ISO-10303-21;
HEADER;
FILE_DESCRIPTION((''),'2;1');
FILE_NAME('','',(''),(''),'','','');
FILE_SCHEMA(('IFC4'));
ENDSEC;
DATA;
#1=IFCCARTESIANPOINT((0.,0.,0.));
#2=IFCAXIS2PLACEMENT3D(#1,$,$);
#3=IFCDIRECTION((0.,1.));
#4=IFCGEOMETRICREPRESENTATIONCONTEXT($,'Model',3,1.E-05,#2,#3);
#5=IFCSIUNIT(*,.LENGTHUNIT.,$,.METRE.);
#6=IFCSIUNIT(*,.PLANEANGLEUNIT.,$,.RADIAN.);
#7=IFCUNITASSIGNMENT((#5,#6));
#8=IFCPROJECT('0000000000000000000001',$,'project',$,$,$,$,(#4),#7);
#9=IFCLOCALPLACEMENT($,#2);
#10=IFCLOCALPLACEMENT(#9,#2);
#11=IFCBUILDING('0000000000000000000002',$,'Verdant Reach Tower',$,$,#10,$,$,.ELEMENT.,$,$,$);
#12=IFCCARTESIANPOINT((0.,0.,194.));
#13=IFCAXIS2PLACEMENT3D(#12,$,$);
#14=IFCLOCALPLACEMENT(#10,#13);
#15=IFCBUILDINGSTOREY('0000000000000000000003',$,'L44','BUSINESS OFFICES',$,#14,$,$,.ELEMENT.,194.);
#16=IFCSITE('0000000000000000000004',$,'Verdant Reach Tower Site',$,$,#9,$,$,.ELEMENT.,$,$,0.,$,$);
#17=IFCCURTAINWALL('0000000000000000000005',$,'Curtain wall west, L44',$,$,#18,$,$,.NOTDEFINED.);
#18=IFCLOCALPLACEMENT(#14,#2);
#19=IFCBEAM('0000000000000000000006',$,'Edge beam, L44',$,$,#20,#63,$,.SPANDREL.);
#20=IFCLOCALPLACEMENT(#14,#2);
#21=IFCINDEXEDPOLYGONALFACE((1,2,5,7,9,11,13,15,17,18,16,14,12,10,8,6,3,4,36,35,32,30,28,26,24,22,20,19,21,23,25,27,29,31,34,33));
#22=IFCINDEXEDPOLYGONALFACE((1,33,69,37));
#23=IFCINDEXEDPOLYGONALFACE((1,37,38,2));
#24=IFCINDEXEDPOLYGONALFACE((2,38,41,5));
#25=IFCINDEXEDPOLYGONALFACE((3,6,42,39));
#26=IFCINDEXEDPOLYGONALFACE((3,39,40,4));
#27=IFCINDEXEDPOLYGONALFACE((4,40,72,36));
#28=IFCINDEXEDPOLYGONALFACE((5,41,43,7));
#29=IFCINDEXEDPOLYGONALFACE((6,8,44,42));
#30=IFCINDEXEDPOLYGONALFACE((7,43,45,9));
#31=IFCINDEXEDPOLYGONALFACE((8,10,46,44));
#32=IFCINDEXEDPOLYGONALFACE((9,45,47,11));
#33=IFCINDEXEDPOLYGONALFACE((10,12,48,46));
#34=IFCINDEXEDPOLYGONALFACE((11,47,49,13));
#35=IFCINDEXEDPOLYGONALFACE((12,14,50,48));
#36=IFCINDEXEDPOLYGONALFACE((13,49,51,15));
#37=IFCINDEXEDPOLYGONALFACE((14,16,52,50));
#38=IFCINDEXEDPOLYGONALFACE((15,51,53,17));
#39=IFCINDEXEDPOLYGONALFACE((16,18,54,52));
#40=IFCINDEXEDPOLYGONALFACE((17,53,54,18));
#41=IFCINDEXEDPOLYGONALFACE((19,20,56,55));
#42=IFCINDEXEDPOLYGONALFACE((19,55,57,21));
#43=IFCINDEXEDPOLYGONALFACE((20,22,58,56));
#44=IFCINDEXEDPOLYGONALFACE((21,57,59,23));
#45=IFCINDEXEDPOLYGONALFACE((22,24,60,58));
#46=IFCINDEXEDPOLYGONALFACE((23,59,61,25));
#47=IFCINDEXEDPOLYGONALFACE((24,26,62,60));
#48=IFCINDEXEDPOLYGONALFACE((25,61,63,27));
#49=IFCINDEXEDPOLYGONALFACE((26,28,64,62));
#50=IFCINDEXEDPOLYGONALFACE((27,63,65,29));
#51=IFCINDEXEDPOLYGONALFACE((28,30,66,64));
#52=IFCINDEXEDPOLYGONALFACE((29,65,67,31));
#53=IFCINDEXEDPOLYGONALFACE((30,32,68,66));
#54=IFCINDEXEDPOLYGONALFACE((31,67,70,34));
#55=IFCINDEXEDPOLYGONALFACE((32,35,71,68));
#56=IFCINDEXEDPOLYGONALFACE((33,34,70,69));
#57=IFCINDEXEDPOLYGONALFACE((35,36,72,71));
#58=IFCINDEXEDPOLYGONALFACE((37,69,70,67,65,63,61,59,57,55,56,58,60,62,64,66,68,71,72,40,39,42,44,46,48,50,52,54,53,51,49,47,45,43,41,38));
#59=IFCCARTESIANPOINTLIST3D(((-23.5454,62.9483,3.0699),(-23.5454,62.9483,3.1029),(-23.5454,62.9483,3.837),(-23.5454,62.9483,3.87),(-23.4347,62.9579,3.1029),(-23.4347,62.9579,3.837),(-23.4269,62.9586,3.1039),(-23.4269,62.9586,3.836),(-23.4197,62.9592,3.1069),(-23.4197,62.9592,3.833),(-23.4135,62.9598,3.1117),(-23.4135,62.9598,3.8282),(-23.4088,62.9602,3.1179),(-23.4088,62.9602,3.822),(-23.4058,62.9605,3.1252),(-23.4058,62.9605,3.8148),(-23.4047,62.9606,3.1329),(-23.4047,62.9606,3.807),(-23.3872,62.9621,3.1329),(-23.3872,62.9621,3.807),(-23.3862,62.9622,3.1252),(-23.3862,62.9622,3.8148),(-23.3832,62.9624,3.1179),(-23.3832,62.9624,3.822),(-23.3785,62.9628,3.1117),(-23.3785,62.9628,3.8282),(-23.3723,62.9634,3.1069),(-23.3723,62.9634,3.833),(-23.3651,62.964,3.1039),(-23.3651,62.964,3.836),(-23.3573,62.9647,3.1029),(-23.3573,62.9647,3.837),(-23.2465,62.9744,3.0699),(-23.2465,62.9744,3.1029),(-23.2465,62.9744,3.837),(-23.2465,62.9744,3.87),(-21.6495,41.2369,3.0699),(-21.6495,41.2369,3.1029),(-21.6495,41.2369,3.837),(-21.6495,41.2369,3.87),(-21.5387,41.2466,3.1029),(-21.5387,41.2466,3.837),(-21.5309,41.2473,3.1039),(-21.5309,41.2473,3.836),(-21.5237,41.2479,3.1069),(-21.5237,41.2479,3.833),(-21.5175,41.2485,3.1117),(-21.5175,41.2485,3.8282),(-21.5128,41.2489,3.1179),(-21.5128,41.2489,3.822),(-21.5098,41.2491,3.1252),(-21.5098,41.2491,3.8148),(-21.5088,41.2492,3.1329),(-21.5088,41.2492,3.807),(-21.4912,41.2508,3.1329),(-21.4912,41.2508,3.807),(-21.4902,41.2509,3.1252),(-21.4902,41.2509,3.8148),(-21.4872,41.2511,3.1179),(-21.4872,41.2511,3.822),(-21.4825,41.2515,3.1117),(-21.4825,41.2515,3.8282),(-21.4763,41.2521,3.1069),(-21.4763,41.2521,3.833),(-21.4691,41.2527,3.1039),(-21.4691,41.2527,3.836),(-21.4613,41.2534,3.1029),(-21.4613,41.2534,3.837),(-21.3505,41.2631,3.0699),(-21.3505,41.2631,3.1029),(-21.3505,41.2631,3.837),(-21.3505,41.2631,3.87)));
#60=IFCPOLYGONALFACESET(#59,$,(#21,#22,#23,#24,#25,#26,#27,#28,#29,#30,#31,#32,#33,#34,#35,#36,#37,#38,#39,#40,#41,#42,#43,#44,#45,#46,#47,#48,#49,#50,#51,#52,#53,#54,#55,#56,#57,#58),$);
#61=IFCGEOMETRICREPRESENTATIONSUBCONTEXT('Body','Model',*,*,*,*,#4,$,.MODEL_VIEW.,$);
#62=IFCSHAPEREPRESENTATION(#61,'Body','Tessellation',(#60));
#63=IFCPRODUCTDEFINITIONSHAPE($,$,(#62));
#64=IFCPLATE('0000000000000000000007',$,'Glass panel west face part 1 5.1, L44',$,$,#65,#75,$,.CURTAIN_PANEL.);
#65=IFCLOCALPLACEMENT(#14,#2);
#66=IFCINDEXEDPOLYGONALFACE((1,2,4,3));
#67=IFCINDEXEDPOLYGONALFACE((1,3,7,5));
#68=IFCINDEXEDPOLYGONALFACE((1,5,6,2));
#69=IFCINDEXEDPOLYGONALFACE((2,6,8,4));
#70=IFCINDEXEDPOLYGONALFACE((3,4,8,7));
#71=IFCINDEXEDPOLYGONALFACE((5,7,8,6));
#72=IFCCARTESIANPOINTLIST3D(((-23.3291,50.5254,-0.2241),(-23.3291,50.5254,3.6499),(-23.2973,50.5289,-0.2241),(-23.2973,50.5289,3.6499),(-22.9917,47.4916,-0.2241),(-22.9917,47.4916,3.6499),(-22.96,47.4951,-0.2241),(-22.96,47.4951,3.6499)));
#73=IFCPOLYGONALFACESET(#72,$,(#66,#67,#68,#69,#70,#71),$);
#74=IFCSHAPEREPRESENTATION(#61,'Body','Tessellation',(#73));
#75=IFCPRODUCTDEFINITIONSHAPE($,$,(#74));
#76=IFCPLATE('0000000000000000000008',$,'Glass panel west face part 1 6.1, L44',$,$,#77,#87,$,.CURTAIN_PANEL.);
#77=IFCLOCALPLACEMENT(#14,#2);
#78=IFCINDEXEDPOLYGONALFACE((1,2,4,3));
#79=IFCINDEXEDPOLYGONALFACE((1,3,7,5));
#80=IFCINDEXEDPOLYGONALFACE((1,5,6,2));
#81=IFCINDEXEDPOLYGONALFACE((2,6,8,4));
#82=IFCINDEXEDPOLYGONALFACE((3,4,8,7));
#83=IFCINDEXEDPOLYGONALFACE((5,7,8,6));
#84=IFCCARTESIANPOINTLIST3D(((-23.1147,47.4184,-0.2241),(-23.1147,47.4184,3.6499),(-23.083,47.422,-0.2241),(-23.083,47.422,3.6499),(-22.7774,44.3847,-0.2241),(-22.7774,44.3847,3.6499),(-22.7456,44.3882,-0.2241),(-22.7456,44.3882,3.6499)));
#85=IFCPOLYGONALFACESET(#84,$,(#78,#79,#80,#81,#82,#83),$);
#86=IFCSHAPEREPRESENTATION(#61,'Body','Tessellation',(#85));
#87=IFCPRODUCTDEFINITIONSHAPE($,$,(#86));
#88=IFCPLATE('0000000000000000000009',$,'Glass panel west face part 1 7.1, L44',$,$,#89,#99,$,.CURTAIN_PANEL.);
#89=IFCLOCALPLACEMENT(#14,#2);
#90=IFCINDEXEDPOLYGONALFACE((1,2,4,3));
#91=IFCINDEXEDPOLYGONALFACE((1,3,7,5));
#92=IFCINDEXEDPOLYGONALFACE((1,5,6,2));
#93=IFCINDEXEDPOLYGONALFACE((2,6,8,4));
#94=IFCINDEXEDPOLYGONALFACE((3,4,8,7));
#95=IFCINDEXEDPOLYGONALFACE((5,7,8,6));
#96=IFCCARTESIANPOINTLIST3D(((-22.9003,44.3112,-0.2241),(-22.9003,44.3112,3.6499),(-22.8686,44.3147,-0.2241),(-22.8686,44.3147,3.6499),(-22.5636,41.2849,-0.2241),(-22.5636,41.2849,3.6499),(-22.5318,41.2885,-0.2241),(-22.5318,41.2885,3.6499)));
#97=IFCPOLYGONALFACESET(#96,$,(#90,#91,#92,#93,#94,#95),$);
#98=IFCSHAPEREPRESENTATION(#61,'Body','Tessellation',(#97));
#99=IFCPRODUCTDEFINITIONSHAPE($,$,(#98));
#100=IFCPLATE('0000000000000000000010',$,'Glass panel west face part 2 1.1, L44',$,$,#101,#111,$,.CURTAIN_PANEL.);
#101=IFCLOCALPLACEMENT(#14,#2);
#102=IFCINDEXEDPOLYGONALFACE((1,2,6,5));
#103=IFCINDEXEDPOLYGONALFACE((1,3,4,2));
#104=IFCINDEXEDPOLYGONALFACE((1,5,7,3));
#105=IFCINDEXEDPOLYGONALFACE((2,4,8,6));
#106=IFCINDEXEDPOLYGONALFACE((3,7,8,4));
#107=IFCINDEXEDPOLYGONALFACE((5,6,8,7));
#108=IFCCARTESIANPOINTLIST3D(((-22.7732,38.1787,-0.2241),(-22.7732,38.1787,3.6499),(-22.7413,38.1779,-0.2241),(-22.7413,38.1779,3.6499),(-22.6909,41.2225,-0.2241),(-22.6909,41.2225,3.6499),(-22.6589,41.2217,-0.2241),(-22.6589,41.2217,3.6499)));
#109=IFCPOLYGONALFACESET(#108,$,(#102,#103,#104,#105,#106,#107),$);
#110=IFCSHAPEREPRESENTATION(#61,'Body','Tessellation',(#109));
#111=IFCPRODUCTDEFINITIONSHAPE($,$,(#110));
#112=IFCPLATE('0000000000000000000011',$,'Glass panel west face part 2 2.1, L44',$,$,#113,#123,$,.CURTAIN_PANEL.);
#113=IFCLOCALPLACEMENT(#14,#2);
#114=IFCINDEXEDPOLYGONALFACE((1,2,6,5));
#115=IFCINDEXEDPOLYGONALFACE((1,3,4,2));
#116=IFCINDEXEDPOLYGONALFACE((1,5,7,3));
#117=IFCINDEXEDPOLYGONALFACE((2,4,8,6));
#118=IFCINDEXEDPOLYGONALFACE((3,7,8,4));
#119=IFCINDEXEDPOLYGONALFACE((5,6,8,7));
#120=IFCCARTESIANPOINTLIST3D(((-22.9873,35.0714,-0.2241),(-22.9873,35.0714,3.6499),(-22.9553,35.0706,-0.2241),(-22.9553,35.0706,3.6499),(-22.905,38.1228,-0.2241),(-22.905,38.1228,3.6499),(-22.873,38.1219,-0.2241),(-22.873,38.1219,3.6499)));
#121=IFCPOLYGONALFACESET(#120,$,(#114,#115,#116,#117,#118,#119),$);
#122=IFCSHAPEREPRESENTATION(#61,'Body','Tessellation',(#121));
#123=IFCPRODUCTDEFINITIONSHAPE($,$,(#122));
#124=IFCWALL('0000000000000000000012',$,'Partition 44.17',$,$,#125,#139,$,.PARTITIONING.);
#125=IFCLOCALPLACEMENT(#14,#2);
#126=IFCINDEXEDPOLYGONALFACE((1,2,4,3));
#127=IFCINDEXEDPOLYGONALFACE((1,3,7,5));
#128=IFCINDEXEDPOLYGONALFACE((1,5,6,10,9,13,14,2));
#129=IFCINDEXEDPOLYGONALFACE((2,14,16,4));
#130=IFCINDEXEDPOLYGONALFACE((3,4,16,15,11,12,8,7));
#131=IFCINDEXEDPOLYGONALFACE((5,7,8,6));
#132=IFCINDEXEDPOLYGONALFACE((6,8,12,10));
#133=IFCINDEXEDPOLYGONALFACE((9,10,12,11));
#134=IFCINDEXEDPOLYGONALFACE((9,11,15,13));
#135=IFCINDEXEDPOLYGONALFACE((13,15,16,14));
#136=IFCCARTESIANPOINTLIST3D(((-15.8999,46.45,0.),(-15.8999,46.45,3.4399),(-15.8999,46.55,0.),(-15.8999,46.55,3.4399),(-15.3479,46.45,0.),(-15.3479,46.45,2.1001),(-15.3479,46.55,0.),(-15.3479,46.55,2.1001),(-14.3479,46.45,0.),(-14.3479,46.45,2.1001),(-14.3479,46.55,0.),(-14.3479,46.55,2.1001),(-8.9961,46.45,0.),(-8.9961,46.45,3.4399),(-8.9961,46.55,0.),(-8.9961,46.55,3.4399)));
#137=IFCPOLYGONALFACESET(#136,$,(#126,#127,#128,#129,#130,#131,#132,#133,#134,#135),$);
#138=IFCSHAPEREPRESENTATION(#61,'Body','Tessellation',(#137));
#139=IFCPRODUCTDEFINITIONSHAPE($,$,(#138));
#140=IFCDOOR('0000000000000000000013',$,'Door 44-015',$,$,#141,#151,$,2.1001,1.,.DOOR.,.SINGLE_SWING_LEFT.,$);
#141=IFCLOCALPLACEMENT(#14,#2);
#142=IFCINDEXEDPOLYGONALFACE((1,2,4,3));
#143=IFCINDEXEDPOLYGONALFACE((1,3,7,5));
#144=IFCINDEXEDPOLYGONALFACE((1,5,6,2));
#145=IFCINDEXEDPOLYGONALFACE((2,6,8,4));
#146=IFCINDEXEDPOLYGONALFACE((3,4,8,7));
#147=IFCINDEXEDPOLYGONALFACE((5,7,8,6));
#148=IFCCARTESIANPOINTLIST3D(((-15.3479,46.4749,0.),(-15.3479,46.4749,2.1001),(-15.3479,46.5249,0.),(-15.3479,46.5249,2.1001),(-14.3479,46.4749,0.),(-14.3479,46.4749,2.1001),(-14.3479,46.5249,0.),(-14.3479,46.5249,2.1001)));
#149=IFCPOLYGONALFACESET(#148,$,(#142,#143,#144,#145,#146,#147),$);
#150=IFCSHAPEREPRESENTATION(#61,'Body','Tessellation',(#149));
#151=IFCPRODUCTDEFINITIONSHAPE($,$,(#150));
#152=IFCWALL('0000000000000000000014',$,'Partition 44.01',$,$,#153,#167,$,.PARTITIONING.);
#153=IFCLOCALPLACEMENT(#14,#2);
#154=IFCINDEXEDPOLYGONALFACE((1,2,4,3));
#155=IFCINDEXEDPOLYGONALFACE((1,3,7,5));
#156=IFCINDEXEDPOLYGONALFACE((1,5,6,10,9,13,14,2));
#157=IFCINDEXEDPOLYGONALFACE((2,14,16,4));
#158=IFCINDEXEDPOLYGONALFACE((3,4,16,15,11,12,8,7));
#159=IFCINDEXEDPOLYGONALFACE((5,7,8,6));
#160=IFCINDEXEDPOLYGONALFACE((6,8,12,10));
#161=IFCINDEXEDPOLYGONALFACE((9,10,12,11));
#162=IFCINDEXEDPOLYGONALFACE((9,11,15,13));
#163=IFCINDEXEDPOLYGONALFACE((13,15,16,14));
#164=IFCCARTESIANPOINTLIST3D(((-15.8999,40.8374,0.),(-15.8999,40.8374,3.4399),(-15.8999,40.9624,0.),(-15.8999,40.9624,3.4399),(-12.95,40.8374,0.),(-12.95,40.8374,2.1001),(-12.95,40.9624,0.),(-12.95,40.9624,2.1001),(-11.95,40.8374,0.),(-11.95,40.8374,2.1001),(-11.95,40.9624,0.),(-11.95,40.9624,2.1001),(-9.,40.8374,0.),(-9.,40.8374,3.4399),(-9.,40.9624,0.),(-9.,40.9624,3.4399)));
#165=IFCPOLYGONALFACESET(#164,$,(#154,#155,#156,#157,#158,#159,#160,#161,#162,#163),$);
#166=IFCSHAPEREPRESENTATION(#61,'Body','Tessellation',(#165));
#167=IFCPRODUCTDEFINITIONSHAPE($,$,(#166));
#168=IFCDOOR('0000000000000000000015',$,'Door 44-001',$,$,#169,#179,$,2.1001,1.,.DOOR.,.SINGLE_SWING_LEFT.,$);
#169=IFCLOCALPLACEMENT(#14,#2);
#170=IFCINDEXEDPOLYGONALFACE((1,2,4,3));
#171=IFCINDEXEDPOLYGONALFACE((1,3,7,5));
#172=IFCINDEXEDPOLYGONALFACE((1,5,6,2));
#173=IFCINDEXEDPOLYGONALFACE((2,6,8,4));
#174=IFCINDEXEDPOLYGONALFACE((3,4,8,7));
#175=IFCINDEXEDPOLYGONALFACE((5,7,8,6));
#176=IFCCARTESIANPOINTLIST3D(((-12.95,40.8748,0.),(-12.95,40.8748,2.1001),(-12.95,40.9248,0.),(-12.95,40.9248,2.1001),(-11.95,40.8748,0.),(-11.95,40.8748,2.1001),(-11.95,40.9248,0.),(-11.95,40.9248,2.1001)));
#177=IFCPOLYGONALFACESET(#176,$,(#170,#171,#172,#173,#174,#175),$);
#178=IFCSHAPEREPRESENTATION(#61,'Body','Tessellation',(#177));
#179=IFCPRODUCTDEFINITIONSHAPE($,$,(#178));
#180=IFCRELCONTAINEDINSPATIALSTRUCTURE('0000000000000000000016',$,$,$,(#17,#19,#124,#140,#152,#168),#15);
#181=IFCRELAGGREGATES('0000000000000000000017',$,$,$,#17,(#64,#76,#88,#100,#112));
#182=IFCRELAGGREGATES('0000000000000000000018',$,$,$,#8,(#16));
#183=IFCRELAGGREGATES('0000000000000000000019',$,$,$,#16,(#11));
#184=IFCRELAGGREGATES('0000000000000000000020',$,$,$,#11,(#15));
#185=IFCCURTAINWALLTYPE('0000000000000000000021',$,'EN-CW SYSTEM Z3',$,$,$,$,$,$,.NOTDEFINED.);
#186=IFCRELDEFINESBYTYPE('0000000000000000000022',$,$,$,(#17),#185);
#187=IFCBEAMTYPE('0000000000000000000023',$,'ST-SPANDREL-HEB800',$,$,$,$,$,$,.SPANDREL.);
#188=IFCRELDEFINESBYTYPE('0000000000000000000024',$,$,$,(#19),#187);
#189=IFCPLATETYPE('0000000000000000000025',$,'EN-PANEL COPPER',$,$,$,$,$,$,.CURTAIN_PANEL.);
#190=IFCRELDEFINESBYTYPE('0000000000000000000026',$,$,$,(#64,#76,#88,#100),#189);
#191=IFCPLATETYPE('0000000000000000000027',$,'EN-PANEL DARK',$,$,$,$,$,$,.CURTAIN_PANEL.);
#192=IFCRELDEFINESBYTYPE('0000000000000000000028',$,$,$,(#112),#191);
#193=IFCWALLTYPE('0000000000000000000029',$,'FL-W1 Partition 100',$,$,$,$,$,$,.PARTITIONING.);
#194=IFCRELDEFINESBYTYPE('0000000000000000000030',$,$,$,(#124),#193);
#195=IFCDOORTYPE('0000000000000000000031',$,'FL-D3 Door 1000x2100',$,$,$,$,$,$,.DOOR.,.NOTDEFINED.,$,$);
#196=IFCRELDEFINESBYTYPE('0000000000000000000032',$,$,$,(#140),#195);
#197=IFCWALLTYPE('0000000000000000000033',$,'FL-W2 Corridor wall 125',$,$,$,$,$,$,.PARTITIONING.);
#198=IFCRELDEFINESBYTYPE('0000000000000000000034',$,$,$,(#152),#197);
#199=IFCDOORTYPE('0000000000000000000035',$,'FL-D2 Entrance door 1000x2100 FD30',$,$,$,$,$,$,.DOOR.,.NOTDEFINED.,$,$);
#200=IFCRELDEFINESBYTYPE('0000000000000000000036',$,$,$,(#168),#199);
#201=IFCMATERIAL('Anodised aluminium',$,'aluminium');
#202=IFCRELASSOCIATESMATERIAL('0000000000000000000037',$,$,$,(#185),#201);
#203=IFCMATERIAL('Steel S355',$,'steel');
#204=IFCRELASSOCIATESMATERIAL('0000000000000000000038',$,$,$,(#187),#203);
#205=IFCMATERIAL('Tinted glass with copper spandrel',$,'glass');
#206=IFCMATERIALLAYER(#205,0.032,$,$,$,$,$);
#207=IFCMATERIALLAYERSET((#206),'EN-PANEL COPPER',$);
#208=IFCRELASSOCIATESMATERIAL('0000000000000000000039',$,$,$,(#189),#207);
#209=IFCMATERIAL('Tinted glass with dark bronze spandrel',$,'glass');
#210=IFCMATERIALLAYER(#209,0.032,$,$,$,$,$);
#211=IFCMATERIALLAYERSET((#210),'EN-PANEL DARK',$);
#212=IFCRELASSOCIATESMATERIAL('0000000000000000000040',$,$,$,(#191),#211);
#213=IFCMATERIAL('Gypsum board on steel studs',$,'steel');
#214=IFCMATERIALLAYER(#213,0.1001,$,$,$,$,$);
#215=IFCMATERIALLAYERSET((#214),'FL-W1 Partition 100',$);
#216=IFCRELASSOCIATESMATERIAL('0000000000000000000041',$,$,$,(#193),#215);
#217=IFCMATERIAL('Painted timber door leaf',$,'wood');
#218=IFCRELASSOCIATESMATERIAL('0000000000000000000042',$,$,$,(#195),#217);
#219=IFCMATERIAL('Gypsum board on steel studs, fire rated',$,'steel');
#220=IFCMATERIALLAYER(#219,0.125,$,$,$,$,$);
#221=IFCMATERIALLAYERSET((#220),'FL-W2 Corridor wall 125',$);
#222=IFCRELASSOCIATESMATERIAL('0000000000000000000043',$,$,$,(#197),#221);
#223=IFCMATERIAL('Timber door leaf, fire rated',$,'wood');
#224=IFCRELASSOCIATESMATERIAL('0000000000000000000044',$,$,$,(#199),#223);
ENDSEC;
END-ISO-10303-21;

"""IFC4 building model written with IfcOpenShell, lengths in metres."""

from ifc_helpers import new_model, si_unit, direction, frame, frame_2d, origin, origin_2d, place, context, subcontext, project, spatial, rectangle, i_section, extrude, material, layer, layer_set, material_profile, profile_set, type_object, element, fill, aggregate, save


model = new_model("IFC4")

# Units and contexts
model_context = context("Model", 3, precision=1e-05, world=origin(), true_north=direction((0.0, 1.0)))
body_context = subcontext(model_context, "Body", "Model", "MODEL_VIEW")
ifc_project = project(units=[si_unit("LENGTHUNIT", "METRE"), si_unit("PLANEANGLEUNIT", "RADIAN")], contexts=[model_context])

# Site, building, storey
site_placement = place(None, origin())
site = spatial("IfcSite", under=ifc_project, at=site_placement, Name="Verdant Reach Tower Site", CompositionType="ELEMENT", RefElevation=0.0)
building_placement = place(site_placement, origin())
building = spatial("IfcBuilding", under=site, at=building_placement, Name="Verdant Reach Tower", CompositionType="ELEMENT")
storey_placement = place(building_placement, frame((0.0, 0.0, 194.0)))
storey = spatial("IfcBuildingStorey", under=building, at=storey_placement, Name="L44", Description="BUSINESS OFFICES", CompositionType="ELEMENT", Elevation=194.0)

# Curtain wall
ifc_material_1 = material(Name="Anodised aluminium", Category="aluminium")
curtain_wall_type = type_object("IfcCurtainWallType", Name="EN-CW SYSTEM Z3", PredefinedType="NOTDEFINED", material=ifc_material_1)
curtain_wall_placement = place(storey_placement, origin())
curtain_wall = element("IfcCurtainWall", 1, at=curtain_wall_placement, inside=storey, type_object=curtain_wall_type, Name="Curtain wall west, L44", PredefinedType="NOTDEFINED")

# Beam
ifc_material_2 = material(Name="Steel S355", Category="steel")
ifc_material_profile_1 = material_profile(ifc_material_2, i_section(OverallWidth=0.3, OverallDepth=0.8, WebThickness=0.0176, FlangeThickness=0.033, FilletRadius=0.03, at=origin_2d()), Name="HEB 800")
ifc_profile_set_1 = profile_set([ifc_material_profile_1], Name="Steel S355")
beam_type_1 = type_object("IfcBeamType", Name="ST-SPANDREL-HEB800", PredefinedType="SPANDREL", material=ifc_profile_set_1)
beam_1_placement = place(storey_placement, frame((-21.5, 41.25, 3.47), z_axis=(-0.086996, 0.996209, 0.0), x_axis=(-0.996209, -0.086996, 0.0)))
element("IfcBeam", 2, at=beam_1_placement, inside=storey, type_object=beam_type_1, Name="Edge beam, L44", PredefinedType="SPANDREL", context=body_context, shape_type="SweptSolid", body=[
    extrude(i_section(OverallWidth=0.3, OverallDepth=0.8, WebThickness=0.0176, FlangeThickness=0.033, FilletRadius=0.03, at=origin_2d()), origin(), (0.0, 0.0, 1.0), 21.7939),
])

# Plates
ifc_material_3 = material(Name="Tinted glass with copper spandrel", Category="glass")
ifc_layer_1 = layer(ifc_material_3, 0.032)
ifc_layer_set_1 = layer_set([ifc_layer_1], Name="EN-PANEL COPPER")
plate_type_1 = type_object("IfcPlateType", Name="EN-PANEL COPPER", PredefinedType="CURTAIN_PANEL", material=ifc_layer_set_1)
plate_1_placement = place(storey_placement, frame((-23.1445, 49.0103, -0.2241), z_axis=(0.0, 0.0, 1.0), x_axis=(0.110518, -0.993874, 0.0)))
plate_1 = element("IfcPlate", 3, at=plate_1_placement, type_object=plate_type_1, Name="Glass panel west face part 1 5.1, L44", PredefinedType="CURTAIN_PANEL", context=body_context, shape_type="SweptSolid", body=[
    extrude(rectangle(XDim=3.0525, YDim=0.032, at=origin_2d()), origin(), (0.0, 0.0, 1.0), 3.874),
])
plate_2_placement = place(storey_placement, frame((-22.9302, 45.9033, -0.2241), z_axis=(0.0, 0.0, 1.0), x_axis=(0.110518, -0.993874, 0.0)))
plate_2 = element("IfcPlate", 4, at=plate_2_placement, type_object=plate_type_1, Name="Glass panel west face part 1 6.1, L44", PredefinedType="CURTAIN_PANEL", context=body_context, shape_type="SweptSolid", body=[
    extrude(rectangle(XDim=3.0525, YDim=0.032, at=origin_2d()), origin(), (0.0, 0.0, 1.0), 3.874),
])
plate_3_placement = place(storey_placement, frame((-22.7161, 42.7998, -0.2241), z_axis=(0.0, 0.0, 1.0), x_axis=(0.110601, -0.993865, 0.0)))
plate_3 = element("IfcPlate", 5, at=plate_3_placement, type_object=plate_type_1, Name="Glass panel west face part 1 7.1, L44", PredefinedType="CURTAIN_PANEL", context=body_context, shape_type="SweptSolid", body=[
    extrude(rectangle(XDim=3.0449, YDim=0.032, at=origin_2d()), origin(), (0.0, 0.0, 1.0), 3.874),
])
plate_4_placement = place(storey_placement, frame((-22.7161, 39.7002, -0.2241), z_axis=(0.0, 0.0, 1.0), x_axis=(-0.027048, -0.999634, 0.0)))
plate_4 = element("IfcPlate", 6, at=plate_4_placement, type_object=plate_type_1, Name="Glass panel west face part 2 1.1, L44", PredefinedType="CURTAIN_PANEL", context=body_context, shape_type="SweptSolid", body=[
    extrude(rectangle(XDim=3.0449, YDim=0.032, at=origin_2d()), origin(), (0.0, 0.0, 1.0), 3.874),
])
ifc_material_4 = material(Name="Tinted glass with dark bronze spandrel", Category="glass")
ifc_layer_2 = layer(ifc_material_4, 0.032)
ifc_layer_set_2 = layer_set([ifc_layer_2], Name="EN-PANEL DARK")
plate_type_2 = type_object("IfcPlateType", Name="EN-PANEL DARK", PredefinedType="CURTAIN_PANEL", material=ifc_layer_set_2)
plate_5_placement = place(storey_placement, frame((-22.9302, 36.5967, -0.2241), z_axis=(0.0, 0.0, 1.0), x_axis=(-0.026965, -0.999636, 0.0)))
plate_5 = element("IfcPlate", 7, at=plate_5_placement, type_object=plate_type_2, Name="Glass panel west face part 2 2.1, L44", PredefinedType="CURTAIN_PANEL", context=body_context, shape_type="SweptSolid", body=[
    extrude(rectangle(XDim=3.0525, YDim=0.032, at=origin_2d()), origin(), (0.0, 0.0, 1.0), 3.874),
])
aggregate(curtain_wall, [plate_1, plate_2, plate_3, plate_4, plate_5])

# Walls, openings, doors
ifc_material_5 = material(Name="Gypsum board on steel studs", Category="steel")
ifc_layer_3 = layer(ifc_material_5, 0.1001)
ifc_layer_set_3 = layer_set([ifc_layer_3], Name="FL-W1 Partition 100")
wall_type_1 = type_object("IfcWallType", Name="FL-W1 Partition 100", PredefinedType="PARTITIONING", material=ifc_layer_set_3)
wall_1_placement = place(storey_placement, frame((-15.8999, 46.5, 0.0), z_axis=(0.0, 0.0, 1.0), x_axis=(1.0, 0.0, 0.0)))
wall_1 = element("IfcWall", 8, at=wall_1_placement, inside=storey, type_object=wall_type_1, Name="Partition 44.17", PredefinedType="PARTITIONING", context=body_context, shape_type="SweptSolid", body=[
    extrude(rectangle(XDim=6.9038, YDim=0.1001, at=frame_2d((3.4519, 0.0))), origin(), (0.0, 0.0, 1.0), 3.4399),
])
opening_1_placement = place(wall_1_placement, frame((0.552, 0.0, 0.0)))
opening_1 = element("IfcOpeningElement", 9, at=opening_1_placement, cuts=wall_1, PredefinedType="OPENING", context=body_context, shape_type="SweptSolid", body=[
    extrude(rectangle(XDim=1.0, YDim=2.1001, at=frame_2d((0.5, 1.05))), frame((0.0, 0.0601, 0.0), z_axis=(0.0, -1.0, 0.0), x_axis=(1.0, 0.0, 0.0)), (0.0, 0.0, 1.0), 0.1201),
])
ifc_material_6 = material(Name="Painted timber door leaf", Category="wood")
door_type_1 = type_object("IfcDoorType", Name="FL-D3 Door 1000x2100", OperationType="NOTDEFINED", PredefinedType="DOOR", material=ifc_material_6)
door_1_placement = place(opening_1_placement, origin())
door_1 = element("IfcDoor", 10, at=door_1_placement, inside=storey, type_object=door_type_1, Name="Door 44-015", OperationType="SINGLE_SWING_LEFT", OverallHeight=2.1001, OverallWidth=1.0, PredefinedType="DOOR", context=body_context, shape_type="SweptSolid", body=[
    extrude(rectangle(XDim=1.0, YDim=2.1001, at=frame_2d((0.5, 1.05))), frame((0.0, 0.0249, 0.0), z_axis=(0.0, -1.0, 0.0), x_axis=(1.0, 0.0, 0.0)), (0.0, 0.0, 1.0), 0.05),
])
fill(opening_1, door_1)
ifc_material_7 = material(Name="Gypsum board on steel studs, fire rated", Category="steel")
ifc_layer_4 = layer(ifc_material_7, 0.125)
ifc_layer_set_4 = layer_set([ifc_layer_4], Name="FL-W2 Corridor wall 125")
wall_type_2 = type_object("IfcWallType", Name="FL-W2 Corridor wall 125", PredefinedType="PARTITIONING", material=ifc_layer_set_4)
wall_2_placement = place(storey_placement, frame((-15.8999, 40.8999, 0.0), z_axis=(0.0, 0.0, 1.0), x_axis=(1.0, 0.0, 0.0)))
wall_2 = element("IfcWall", 11, at=wall_2_placement, inside=storey, type_object=wall_type_2, Name="Partition 44.01", PredefinedType="PARTITIONING", context=body_context, shape_type="SweptSolid", body=[
    extrude(rectangle(XDim=6.8999, YDim=0.125, at=frame_2d((3.45, 0.0))), origin(), (0.0, 0.0, 1.0), 3.4399),
])
opening_2_placement = place(wall_2_placement, frame((2.95, 0.0, 0.0)))
opening_2 = element("IfcOpeningElement", 12, at=opening_2_placement, cuts=wall_2, PredefinedType="OPENING", context=body_context, shape_type="SweptSolid", body=[
    extrude(rectangle(XDim=1.0, YDim=2.1001, at=frame_2d((0.5, 1.05))), frame((0.0, 0.0725, 0.0), z_axis=(0.0, -1.0, 0.0), x_axis=(1.0, 0.0, 0.0)), (0.0, 0.0, 1.0), 0.145),
])
ifc_material_8 = material(Name="Timber door leaf, fire rated", Category="wood")
door_type_2 = type_object("IfcDoorType", Name="FL-D2 Entrance door 1000x2100 FD30", OperationType="NOTDEFINED", PredefinedType="DOOR", material=ifc_material_8)
door_2_placement = place(opening_2_placement, origin())
door_2 = element("IfcDoor", 13, at=door_2_placement, inside=storey, type_object=door_type_2, Name="Door 44-001", OperationType="SINGLE_SWING_LEFT", OverallHeight=2.1001, OverallWidth=1.0, PredefinedType="DOOR", context=body_context, shape_type="SweptSolid", body=[
    extrude(rectangle(XDim=1.0, YDim=2.1001, at=frame_2d((0.5, 1.05))), frame((0.0, 0.0249, 0.0), z_axis=(0.0, -1.0, 0.0), x_axis=(1.0, 0.0, 0.0)), (0.0, 0.0, 1.0), 0.05),
])
fill(opening_2, door_2)

save(model, "model.ifc")
